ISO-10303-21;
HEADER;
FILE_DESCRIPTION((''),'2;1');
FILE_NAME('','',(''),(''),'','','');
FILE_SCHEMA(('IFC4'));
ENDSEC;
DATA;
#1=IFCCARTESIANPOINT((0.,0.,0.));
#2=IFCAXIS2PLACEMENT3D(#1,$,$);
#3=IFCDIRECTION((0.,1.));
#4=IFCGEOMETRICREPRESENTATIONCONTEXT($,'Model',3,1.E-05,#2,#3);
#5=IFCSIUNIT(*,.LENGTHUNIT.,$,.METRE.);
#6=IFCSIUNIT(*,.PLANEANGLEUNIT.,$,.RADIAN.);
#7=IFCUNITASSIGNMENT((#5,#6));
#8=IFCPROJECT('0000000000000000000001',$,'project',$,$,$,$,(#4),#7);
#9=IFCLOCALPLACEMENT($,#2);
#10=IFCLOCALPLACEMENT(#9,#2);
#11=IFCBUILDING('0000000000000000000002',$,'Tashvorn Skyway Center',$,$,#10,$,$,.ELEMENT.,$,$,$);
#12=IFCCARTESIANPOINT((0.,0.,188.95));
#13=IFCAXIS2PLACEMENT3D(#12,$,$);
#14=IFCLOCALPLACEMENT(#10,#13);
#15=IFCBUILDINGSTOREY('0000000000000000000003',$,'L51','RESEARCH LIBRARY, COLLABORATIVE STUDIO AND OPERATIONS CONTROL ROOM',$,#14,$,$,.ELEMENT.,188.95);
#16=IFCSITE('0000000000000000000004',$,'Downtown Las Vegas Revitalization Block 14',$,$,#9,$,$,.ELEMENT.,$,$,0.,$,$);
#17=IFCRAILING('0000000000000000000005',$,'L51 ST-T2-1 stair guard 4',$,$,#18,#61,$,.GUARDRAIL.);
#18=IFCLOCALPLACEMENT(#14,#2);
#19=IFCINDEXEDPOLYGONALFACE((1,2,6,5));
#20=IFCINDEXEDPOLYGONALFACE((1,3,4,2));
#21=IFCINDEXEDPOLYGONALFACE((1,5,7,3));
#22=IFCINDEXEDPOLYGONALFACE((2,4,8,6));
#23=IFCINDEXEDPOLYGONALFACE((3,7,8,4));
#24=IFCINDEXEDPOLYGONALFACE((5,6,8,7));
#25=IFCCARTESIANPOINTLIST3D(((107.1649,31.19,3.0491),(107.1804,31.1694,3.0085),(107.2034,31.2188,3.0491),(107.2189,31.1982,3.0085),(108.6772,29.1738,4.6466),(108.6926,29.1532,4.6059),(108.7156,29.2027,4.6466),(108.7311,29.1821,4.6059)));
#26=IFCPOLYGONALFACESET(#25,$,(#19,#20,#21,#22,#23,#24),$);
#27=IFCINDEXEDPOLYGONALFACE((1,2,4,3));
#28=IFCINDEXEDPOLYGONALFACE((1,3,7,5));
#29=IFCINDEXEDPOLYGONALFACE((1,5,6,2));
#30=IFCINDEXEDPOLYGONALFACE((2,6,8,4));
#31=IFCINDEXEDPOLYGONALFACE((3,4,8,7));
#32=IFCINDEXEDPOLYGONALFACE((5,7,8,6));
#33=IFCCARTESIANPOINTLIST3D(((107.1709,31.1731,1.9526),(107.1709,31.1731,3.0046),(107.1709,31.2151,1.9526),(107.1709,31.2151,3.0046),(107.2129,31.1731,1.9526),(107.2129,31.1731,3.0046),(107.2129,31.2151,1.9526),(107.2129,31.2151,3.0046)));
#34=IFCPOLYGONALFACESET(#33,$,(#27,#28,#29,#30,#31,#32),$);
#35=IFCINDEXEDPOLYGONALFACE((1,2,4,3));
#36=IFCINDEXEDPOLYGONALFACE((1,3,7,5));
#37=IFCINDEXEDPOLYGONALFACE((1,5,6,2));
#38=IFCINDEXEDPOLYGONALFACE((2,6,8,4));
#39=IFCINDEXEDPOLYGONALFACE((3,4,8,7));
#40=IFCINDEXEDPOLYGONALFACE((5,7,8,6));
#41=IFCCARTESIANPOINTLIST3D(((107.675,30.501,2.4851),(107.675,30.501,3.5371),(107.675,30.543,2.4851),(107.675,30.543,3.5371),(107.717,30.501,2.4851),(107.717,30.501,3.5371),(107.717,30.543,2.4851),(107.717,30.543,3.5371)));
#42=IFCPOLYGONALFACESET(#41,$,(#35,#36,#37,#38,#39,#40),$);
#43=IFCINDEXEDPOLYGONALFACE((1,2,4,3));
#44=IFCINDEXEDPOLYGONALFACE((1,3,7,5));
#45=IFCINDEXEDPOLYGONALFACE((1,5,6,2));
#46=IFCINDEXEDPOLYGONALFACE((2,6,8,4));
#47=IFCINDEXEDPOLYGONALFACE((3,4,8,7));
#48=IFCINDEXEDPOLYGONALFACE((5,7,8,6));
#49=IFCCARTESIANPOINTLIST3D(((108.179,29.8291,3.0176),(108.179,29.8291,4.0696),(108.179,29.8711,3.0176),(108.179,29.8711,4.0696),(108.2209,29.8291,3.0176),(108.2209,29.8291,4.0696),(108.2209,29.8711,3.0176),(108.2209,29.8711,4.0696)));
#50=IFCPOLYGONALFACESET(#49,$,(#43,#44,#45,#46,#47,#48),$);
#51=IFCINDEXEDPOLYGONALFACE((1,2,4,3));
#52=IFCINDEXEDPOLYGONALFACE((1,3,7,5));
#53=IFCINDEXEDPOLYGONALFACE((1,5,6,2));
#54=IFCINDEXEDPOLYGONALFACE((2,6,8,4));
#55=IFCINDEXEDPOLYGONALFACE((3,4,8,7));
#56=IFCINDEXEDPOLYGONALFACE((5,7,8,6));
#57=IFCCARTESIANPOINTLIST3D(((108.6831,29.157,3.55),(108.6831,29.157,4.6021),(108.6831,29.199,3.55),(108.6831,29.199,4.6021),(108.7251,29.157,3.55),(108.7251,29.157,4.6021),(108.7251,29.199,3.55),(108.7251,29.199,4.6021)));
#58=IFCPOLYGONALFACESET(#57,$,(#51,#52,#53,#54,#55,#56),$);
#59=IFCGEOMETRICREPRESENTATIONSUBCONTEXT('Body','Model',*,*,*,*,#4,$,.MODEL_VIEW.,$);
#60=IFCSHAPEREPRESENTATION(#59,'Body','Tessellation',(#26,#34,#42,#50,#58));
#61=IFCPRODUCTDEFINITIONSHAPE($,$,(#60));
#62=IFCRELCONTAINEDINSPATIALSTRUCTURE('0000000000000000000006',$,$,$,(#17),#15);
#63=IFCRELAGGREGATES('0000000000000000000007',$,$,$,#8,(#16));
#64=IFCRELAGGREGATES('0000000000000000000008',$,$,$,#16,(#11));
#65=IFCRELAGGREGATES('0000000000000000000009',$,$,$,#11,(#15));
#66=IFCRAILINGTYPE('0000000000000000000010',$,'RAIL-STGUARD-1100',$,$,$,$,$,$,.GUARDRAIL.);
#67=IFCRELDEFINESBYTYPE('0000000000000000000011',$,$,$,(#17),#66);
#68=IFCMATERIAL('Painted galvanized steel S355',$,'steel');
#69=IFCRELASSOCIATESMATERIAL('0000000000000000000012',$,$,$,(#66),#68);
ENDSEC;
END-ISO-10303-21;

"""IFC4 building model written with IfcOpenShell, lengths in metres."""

from ifc_helpers import new_model, si_unit, direction, frame, origin, origin_2d, place, context, subcontext, project, spatial, rectangle, extrude, material, type_object, element, save


model = new_model("IFC4")

# Units and contexts
model_context = context("Model", 3, precision=1e-05, world=origin(), true_north=direction((0.0, 1.0)))
body_context = subcontext(model_context, "Body", "Model", "MODEL_VIEW")
ifc_project = project(units=[si_unit("LENGTHUNIT", "METRE"), si_unit("PLANEANGLEUNIT", "RADIAN")], contexts=[model_context])

# Site, building, storey
site_placement = place(None, origin())
site = spatial("IfcSite", under=ifc_project, at=site_placement, Name="Downtown Las Vegas Revitalization Block 14", CompositionType="ELEMENT", RefElevation=0.0)
building_placement = place(site_placement, origin())
building = spatial("IfcBuilding", under=site, at=building_placement, Name="Tashvorn Skyway Center", CompositionType="ELEMENT")
storey_placement = place(building_placement, frame((0.0, 0.0, 188.95)))
storey = spatial("IfcBuildingStorey", under=building, at=storey_placement, Name="L51", Description="RESEARCH LIBRARY, COLLABORATIVE STUDIO AND OPERATIONS CONTROL ROOM", CompositionType="ELEMENT", Elevation=188.95)

# Railing
ifc_material_1 = material(Name="Painted galvanized steel S355", Category="steel")
railing_type_1 = type_object("IfcRailingType", Name="RAIL-STGUARD-1100", PredefinedType="GUARDRAIL", material=ifc_material_1)
railing_1_placement = place(storey_placement, frame((107.1919, 31.1941, 1.9526)))
element("IfcRailing", 1, at=railing_1_placement, inside=storey, type_object=railing_type_1, Name="L51 ST-T2-1 stair guard 4", PredefinedType="GUARDRAIL", context=body_context, shape_type="SweptSolid", body=[
    extrude(rectangle(XDim=0.0481, YDim=0.0481, at=origin_2d()), frame((0.0, 0.0, 1.0762), z_axis=(0.506802, -0.675681, 0.535357), x_axis=(0.799977, 0.600031, 0.0)), (0.0, 0.0, 1.0), 2.9839),
    extrude(rectangle(XDim=0.042, YDim=0.042, at=origin_2d()), origin(), (0.0, 0.0, 1.0), 1.052),
    extrude(rectangle(XDim=0.042, YDim=0.042, at=origin_2d()), frame((0.5042, -0.6721, 0.5325)), (0.0, 0.0, 1.0), 1.052),
    extrude(rectangle(XDim=0.042, YDim=0.042, at=origin_2d()), frame((1.0081, -1.344, 1.0649)), (0.0, 0.0, 1.0), 1.052),
    extrude(rectangle(XDim=0.042, YDim=0.042, at=origin_2d()), frame((1.5122, -2.0161, 1.5974)), (0.0, 0.0, 1.0), 1.052),
])

save(model, "model.ifc")
